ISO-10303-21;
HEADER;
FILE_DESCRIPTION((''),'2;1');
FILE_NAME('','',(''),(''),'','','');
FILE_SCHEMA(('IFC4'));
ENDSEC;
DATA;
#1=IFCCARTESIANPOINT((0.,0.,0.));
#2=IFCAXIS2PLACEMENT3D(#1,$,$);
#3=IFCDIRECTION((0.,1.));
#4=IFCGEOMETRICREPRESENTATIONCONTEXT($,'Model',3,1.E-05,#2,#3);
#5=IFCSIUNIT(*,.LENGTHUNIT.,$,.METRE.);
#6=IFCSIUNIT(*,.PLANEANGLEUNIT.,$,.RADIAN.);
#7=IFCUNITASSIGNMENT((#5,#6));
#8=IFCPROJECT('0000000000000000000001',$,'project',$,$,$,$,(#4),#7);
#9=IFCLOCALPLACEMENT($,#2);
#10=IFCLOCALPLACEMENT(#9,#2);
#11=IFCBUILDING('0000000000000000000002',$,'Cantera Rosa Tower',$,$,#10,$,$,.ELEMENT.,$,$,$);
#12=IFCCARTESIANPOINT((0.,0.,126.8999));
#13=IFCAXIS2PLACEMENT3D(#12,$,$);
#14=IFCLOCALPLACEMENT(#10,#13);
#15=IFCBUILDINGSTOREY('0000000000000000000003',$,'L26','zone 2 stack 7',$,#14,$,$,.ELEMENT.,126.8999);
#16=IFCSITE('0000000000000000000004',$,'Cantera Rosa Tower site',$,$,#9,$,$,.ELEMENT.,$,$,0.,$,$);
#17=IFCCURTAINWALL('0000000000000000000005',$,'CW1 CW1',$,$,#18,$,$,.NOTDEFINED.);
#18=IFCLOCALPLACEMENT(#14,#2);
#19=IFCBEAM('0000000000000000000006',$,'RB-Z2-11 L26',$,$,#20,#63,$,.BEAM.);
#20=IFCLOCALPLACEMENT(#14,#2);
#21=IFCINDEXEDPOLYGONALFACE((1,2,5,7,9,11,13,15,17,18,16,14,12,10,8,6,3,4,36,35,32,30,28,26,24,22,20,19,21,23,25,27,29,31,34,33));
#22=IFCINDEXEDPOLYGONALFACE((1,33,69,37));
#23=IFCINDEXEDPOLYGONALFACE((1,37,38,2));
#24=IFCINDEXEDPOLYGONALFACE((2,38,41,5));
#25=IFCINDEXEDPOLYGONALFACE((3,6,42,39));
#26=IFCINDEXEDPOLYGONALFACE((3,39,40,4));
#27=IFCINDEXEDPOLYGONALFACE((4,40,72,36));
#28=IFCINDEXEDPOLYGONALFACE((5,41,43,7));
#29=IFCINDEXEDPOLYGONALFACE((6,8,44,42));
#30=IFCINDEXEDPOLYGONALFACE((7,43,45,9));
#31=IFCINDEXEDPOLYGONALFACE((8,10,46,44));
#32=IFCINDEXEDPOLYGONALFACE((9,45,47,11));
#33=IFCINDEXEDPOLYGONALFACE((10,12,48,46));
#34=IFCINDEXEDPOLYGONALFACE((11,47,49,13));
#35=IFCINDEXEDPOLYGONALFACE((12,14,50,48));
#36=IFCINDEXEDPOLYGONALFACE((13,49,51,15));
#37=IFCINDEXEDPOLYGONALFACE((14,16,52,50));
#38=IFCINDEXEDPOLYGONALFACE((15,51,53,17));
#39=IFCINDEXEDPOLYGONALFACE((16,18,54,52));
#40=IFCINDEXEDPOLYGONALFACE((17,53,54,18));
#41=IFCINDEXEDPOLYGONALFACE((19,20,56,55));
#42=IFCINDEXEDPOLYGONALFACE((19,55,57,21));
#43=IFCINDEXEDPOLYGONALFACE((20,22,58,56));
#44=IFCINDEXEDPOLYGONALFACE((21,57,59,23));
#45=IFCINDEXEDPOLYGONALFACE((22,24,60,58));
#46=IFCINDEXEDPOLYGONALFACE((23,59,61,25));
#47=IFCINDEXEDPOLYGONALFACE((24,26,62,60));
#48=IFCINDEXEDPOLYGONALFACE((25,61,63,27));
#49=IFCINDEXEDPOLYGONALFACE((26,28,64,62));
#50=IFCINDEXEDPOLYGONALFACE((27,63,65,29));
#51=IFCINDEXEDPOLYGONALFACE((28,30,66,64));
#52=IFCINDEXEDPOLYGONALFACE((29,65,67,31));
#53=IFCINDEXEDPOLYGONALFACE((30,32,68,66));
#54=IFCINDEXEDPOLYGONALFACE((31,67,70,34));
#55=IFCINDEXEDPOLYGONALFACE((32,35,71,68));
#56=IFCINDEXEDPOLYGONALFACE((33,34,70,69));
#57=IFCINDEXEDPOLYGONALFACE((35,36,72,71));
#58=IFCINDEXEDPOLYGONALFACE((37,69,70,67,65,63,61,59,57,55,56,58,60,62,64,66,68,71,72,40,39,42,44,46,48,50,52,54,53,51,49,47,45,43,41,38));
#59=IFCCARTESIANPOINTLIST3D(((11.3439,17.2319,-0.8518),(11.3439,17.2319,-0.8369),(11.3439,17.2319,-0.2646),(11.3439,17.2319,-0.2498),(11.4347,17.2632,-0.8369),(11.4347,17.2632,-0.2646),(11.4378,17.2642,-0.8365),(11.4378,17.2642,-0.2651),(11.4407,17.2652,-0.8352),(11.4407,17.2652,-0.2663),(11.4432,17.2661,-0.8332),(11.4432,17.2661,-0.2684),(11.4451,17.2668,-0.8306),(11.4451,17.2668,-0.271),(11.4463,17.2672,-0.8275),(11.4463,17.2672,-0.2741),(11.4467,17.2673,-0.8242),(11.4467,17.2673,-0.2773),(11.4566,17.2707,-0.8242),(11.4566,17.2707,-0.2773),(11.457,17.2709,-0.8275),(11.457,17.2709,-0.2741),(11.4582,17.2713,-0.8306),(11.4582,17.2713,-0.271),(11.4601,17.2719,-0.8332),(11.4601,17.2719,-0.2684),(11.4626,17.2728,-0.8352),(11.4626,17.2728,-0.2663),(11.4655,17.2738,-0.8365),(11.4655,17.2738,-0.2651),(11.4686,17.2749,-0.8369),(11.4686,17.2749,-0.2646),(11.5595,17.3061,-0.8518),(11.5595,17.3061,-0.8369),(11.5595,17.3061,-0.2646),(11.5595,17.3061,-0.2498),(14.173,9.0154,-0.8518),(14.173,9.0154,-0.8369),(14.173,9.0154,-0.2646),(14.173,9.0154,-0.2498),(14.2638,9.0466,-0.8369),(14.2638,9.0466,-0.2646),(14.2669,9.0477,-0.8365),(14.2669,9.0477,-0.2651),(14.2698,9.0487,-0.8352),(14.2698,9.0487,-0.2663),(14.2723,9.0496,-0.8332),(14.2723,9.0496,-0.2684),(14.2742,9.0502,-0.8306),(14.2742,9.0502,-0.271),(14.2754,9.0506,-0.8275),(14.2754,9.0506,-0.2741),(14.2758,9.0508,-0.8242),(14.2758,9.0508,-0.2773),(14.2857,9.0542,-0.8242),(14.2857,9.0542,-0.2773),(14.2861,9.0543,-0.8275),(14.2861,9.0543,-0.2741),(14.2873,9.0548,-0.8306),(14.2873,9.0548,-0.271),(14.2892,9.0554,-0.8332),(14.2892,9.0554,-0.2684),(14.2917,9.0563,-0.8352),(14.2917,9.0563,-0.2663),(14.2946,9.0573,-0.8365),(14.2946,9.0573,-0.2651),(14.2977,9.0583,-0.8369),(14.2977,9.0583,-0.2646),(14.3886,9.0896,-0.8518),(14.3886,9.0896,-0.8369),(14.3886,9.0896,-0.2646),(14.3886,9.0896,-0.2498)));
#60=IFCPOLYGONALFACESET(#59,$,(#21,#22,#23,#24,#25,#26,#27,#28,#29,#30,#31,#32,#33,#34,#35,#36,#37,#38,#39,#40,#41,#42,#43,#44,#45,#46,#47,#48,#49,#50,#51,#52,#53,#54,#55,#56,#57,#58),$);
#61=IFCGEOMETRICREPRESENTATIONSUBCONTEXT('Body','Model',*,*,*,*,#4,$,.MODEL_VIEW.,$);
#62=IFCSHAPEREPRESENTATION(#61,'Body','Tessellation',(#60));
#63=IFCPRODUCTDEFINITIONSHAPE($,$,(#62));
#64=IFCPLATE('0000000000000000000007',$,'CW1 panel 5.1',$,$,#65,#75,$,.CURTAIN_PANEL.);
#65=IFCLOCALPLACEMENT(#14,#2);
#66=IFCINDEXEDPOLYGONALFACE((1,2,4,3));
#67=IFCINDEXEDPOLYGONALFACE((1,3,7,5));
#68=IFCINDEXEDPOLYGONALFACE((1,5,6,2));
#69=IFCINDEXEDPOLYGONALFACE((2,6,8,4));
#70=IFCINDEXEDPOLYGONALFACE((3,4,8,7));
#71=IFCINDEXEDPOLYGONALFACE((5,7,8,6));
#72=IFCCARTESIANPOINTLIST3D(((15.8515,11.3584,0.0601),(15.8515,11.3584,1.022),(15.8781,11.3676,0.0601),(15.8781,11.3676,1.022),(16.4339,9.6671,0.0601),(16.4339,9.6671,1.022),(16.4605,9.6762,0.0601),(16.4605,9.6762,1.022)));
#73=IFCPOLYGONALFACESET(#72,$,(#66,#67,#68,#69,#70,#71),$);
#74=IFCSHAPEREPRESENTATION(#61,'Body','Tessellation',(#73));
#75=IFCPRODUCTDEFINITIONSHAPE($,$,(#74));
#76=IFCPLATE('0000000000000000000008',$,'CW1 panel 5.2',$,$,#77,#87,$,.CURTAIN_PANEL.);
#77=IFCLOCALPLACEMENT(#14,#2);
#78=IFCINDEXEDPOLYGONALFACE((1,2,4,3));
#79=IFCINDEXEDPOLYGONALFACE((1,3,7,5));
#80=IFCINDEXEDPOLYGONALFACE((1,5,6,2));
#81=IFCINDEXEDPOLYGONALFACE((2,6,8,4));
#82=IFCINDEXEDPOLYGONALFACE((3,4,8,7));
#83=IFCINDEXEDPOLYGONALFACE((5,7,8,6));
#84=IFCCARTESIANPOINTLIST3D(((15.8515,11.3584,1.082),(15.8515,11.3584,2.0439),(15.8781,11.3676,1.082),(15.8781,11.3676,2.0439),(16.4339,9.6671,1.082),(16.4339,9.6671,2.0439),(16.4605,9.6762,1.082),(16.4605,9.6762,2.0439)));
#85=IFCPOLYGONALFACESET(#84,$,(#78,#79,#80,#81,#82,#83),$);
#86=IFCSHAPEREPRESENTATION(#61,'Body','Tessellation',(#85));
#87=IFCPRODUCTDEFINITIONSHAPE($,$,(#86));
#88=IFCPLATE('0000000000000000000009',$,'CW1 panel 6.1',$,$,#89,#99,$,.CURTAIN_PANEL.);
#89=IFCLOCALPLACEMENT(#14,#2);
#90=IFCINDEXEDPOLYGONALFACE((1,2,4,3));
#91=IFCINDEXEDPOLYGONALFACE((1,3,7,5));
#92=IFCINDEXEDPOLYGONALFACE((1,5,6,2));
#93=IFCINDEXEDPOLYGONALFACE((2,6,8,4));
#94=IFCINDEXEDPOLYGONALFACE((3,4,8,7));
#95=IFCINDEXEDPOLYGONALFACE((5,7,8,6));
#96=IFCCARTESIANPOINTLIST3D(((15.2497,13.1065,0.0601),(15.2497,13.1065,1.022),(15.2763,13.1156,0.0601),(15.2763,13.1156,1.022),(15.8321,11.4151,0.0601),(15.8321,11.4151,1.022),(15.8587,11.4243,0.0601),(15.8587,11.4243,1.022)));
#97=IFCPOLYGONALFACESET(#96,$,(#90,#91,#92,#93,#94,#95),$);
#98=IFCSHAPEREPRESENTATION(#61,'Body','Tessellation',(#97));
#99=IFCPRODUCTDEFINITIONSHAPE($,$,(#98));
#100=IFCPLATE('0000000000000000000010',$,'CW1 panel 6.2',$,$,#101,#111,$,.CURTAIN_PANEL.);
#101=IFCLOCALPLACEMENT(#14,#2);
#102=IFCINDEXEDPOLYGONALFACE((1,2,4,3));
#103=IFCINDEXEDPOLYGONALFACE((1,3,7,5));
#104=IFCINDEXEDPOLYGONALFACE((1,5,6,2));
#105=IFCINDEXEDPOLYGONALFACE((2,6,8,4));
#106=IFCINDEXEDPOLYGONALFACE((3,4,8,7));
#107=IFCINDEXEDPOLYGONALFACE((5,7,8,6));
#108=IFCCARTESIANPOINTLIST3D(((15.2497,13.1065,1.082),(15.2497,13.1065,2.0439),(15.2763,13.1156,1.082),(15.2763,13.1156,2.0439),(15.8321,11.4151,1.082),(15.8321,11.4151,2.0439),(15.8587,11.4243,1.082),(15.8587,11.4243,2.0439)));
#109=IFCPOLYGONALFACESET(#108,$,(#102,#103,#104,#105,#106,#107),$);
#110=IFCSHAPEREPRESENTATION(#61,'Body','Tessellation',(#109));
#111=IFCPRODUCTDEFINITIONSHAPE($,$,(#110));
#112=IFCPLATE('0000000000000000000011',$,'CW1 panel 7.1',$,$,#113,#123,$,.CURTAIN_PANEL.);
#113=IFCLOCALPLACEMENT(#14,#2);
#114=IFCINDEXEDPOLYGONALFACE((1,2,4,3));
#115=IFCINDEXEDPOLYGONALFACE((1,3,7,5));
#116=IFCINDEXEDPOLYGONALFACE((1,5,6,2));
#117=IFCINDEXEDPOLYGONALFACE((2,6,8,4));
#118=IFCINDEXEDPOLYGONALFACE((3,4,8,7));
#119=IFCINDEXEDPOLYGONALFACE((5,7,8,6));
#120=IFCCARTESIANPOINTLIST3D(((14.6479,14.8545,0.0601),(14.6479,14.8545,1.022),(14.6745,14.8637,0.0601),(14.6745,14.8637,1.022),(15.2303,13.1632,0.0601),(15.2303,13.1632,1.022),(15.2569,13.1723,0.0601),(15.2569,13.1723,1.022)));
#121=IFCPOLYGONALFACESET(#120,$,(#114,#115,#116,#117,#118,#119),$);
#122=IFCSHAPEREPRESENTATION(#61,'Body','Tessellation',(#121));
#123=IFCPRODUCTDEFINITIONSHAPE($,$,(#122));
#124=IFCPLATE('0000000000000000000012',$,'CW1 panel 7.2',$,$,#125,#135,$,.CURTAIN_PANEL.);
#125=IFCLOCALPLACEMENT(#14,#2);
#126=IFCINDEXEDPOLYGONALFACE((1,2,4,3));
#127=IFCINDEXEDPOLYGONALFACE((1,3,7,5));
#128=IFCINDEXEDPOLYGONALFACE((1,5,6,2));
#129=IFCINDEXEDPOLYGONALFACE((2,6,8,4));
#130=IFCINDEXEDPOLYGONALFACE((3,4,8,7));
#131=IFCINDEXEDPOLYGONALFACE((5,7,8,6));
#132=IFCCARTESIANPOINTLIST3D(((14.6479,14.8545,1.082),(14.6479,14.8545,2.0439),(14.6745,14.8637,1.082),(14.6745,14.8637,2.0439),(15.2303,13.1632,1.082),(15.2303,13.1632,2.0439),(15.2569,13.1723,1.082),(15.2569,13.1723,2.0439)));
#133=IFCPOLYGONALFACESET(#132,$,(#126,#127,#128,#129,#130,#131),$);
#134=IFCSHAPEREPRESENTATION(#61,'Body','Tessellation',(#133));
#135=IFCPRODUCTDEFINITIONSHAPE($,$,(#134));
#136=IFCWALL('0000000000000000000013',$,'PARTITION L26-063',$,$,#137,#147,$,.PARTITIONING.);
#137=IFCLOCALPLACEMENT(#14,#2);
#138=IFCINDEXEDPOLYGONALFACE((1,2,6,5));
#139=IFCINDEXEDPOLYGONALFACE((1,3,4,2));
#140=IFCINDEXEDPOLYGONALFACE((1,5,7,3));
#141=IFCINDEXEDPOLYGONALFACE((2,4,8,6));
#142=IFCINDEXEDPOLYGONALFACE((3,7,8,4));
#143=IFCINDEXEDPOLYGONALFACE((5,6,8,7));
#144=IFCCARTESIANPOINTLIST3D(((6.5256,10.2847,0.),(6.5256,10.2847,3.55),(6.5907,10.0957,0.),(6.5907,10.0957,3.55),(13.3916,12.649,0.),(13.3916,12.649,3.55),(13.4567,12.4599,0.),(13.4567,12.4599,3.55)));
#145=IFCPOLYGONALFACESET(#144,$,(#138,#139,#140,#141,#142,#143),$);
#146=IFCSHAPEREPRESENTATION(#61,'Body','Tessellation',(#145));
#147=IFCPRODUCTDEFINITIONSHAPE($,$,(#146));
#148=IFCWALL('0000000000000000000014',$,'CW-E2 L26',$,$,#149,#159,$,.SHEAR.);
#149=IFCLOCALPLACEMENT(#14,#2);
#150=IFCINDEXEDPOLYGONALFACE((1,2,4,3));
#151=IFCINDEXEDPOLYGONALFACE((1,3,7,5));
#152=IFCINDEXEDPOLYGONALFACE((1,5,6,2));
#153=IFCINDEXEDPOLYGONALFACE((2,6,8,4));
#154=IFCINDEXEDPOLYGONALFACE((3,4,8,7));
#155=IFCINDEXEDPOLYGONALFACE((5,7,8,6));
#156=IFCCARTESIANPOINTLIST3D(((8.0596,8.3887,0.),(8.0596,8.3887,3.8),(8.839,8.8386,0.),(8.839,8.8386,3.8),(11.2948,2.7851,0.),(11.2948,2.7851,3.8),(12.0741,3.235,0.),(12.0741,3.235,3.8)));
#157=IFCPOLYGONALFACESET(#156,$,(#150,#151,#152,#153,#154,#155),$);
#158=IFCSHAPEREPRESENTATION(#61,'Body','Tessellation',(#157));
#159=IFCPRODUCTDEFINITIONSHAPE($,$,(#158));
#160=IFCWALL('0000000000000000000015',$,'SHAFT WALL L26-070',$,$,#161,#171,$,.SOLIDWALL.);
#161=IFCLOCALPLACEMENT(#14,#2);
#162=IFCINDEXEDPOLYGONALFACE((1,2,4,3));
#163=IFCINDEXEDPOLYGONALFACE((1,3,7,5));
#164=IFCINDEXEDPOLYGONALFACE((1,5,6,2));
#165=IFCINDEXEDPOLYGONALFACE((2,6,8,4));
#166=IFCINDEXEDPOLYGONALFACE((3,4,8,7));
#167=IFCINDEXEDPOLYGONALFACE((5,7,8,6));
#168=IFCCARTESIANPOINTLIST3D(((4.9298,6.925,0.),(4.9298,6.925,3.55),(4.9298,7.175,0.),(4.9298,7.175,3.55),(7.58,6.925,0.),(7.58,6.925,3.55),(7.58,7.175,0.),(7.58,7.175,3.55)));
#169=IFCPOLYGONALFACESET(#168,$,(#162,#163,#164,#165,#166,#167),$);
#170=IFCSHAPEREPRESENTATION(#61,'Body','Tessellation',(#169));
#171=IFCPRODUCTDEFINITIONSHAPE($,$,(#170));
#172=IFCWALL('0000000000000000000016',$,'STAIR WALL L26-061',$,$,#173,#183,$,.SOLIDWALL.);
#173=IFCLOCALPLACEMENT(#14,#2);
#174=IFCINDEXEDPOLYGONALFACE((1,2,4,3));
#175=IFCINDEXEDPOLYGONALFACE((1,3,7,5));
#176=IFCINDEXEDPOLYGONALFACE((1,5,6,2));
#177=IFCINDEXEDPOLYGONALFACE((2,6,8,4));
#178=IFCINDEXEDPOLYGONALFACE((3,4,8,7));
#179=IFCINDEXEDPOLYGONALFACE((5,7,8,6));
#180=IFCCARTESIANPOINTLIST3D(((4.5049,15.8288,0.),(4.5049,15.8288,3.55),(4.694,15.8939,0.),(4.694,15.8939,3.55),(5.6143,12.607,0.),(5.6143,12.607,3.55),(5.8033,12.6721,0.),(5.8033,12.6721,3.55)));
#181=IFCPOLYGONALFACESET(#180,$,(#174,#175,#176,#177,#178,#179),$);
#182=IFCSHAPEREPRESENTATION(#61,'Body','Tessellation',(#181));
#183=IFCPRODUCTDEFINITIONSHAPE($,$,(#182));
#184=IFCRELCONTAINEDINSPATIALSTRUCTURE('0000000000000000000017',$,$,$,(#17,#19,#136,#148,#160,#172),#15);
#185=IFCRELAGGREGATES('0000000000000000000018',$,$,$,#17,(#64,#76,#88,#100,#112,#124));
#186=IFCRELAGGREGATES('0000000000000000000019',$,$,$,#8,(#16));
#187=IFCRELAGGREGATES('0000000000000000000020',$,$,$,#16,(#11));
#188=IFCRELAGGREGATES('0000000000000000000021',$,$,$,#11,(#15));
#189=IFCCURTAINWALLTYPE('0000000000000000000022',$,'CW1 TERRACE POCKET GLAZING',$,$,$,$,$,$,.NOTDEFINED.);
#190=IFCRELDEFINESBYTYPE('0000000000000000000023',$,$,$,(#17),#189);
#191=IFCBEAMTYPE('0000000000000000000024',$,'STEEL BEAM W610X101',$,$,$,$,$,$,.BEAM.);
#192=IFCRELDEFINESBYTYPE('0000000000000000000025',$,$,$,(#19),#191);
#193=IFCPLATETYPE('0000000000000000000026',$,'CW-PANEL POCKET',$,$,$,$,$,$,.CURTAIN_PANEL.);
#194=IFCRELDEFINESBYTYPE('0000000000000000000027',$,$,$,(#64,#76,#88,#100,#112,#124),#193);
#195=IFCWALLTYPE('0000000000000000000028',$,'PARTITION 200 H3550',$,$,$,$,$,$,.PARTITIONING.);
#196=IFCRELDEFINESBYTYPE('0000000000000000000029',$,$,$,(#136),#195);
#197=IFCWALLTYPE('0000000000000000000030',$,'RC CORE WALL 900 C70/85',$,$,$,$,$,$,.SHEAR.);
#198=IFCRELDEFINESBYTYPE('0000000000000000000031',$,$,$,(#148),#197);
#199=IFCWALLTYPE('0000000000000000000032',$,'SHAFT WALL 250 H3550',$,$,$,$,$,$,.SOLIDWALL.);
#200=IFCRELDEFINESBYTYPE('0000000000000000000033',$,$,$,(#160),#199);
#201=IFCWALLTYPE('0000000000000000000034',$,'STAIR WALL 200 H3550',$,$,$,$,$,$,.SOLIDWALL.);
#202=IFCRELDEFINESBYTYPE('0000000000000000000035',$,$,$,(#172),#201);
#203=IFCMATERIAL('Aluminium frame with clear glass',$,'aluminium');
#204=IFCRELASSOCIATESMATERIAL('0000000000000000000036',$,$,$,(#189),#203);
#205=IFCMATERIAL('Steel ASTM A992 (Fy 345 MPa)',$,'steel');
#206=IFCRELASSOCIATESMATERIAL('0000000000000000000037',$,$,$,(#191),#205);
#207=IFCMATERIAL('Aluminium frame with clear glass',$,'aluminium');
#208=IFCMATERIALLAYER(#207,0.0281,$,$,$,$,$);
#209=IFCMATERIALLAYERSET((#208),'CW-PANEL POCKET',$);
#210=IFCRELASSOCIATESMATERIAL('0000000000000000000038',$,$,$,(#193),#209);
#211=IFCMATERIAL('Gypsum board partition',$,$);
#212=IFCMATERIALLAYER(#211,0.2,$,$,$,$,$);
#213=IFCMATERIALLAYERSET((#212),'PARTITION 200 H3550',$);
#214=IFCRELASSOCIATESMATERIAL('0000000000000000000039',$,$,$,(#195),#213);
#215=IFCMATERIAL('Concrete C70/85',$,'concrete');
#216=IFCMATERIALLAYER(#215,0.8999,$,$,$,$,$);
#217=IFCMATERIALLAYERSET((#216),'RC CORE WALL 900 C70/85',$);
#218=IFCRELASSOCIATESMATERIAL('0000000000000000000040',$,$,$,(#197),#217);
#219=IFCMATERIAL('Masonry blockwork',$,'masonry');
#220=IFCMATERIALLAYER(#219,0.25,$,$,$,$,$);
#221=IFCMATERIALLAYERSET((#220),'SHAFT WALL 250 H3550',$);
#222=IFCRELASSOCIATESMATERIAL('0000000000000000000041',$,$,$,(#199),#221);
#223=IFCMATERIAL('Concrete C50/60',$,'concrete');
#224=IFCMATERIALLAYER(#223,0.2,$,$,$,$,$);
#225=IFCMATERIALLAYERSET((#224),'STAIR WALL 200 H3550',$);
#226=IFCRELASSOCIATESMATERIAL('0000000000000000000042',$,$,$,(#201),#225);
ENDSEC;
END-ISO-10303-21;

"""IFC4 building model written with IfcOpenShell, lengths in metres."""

from ifc_helpers import new_model, si_unit, direction, frame, frame_2d, origin, origin_2d, place, context, subcontext, project, spatial, rectangle, i_section, extrude, material, layer, layer_set, material_profile, profile_set, type_object, element, aggregate, save


model = new_model("IFC4")

# Units and contexts
model_context = context("Model", 3, precision=1e-05, world=origin(), true_north=direction((0.0, 1.0)))
body_context = subcontext(model_context, "Body", "Model", "MODEL_VIEW")
ifc_project = project(units=[si_unit("LENGTHUNIT", "METRE"), si_unit("PLANEANGLEUNIT", "RADIAN")], contexts=[model_context])

# Site, building, storey
site_placement = place(None, origin())
site = spatial("IfcSite", under=ifc_project, at=site_placement, Name="Cantera Rosa Tower site", CompositionType="ELEMENT", RefElevation=0.0)
building_placement = place(site_placement, origin())
building = spatial("IfcBuilding", under=site, at=building_placement, Name="Cantera Rosa Tower", CompositionType="ELEMENT")
storey_placement = place(building_placement, frame((0.0, 0.0, 126.8999)))
storey = spatial("IfcBuildingStorey", under=building, at=storey_placement, Name="L26", Description="zone 2 stack 7", CompositionType="ELEMENT", Elevation=126.8999)

# Curtain wall
ifc_material_1 = material(Name="Aluminium frame with clear glass", Category="aluminium")
curtain_wall_type = type_object("IfcCurtainWallType", Name="CW1 TERRACE POCKET GLAZING", PredefinedType="NOTDEFINED", material=ifc_material_1)
curtain_wall_placement = place(storey_placement, origin())
curtain_wall = element("IfcCurtainWall", 1, at=curtain_wall_placement, inside=storey, type_object=curtain_wall_type, Name="CW1 CW1", PredefinedType="NOTDEFINED")

# Beam
ifc_material_2 = material(Name="Steel ASTM A992 (Fy 345 MPa)", Category="steel")
ifc_material_profile_1 = material_profile(ifc_material_2, i_section(OverallWidth=0.228, OverallDepth=0.6021, WebThickness=0.0105, FlangeThickness=0.0149, FilletRadius=0.0127, at=origin_2d()), Name="W610X101")
ifc_profile_set_1 = profile_set([ifc_material_profile_1], Name="Steel ASTM A992 (Fy 345 MPa)")
beam_type = type_object("IfcBeamType", Name="STEEL BEAM W610X101", PredefinedType="BEAM", material=ifc_profile_set_1)
beam_placement = place(storey_placement, frame((14.2808, 9.0525, -0.5508), z_axis=(-0.325559, 0.945522, 0.0), x_axis=(-0.945522, -0.325559, 0.0)))
element("IfcBeam", 2, at=beam_placement, inside=storey, type_object=beam_type, Name="RB-Z2-11 L26", PredefinedType="BEAM", context=body_context, shape_type="SweptSolid", body=[
    extrude(i_section(OverallWidth=0.228, OverallDepth=0.6021, WebThickness=0.0105, FlangeThickness=0.0149, FilletRadius=0.0127, at=origin_2d()), origin(), (0.0, 0.0, 1.0), 8.6899),
])

# Plates
ifc_material_3 = material(Name="Aluminium frame with clear glass", Category="aluminium")
ifc_layer_1 = layer(ifc_material_3, 0.0281)
ifc_layer_set_1 = layer_set([ifc_layer_1], Name="CW-PANEL POCKET")
plate_type = type_object("IfcPlateType", Name="CW-PANEL POCKET", PredefinedType="CURTAIN_PANEL", material=ifc_layer_set_1)
plate_1_placement = place(storey_placement, frame((16.156, 10.5173, 0.0601), z_axis=(0.0, 0.0, 1.0), x_axis=(-0.325568, 0.945519, 0.0)))
plate_1 = element("IfcPlate", 3, at=plate_1_placement, type_object=plate_type, Name="CW1 panel 5.1", PredefinedType="CURTAIN_PANEL", context=body_context, shape_type="SweptSolid", body=[
    extrude(rectangle(XDim=1.7888, YDim=0.0281, at=origin_2d()), origin(), (0.0, 0.0, 1.0), 0.9619),
])
plate_2_placement = place(storey_placement, frame((16.156, 10.5173, 1.082), z_axis=(0.0, 0.0, 1.0), x_axis=(-0.325568, 0.945519, 0.0)))
plate_2 = element("IfcPlate", 4, at=plate_2_placement, type_object=plate_type, Name="CW1 panel 5.2", PredefinedType="CURTAIN_PANEL", context=body_context, shape_type="SweptSolid", body=[
    extrude(rectangle(XDim=1.7888, YDim=0.0281, at=origin_2d()), origin(), (0.0, 0.0, 1.0), 0.9619),
])
plate_3_placement = place(storey_placement, frame((15.5542, 12.2654, 0.0601), z_axis=(0.0, 0.0, 1.0), x_axis=(-0.325568, 0.945519, 0.0)))
plate_3 = element("IfcPlate", 5, at=plate_3_placement, type_object=plate_type, Name="CW1 panel 6.1", PredefinedType="CURTAIN_PANEL", context=body_context, shape_type="SweptSolid", body=[
    extrude(rectangle(XDim=1.7888, YDim=0.0281, at=origin_2d()), origin(), (0.0, 0.0, 1.0), 0.9619),
])
plate_4_placement = place(storey_placement, frame((15.5542, 12.2654, 1.082), z_axis=(0.0, 0.0, 1.0), x_axis=(-0.325568, 0.945519, 0.0)))
plate_4 = element("IfcPlate", 6, at=plate_4_placement, type_object=plate_type, Name="CW1 panel 6.2", PredefinedType="CURTAIN_PANEL", context=body_context, shape_type="SweptSolid", body=[
    extrude(rectangle(XDim=1.7888, YDim=0.0281, at=origin_2d()), origin(), (0.0, 0.0, 1.0), 0.9619),
])
plate_5_placement = place(storey_placement, frame((14.9524, 14.0134, 0.0601), z_axis=(0.0, 0.0, 1.0), x_axis=(-0.325568, 0.945519, 0.0)))
plate_5 = element("IfcPlate", 7, at=plate_5_placement, type_object=plate_type, Name="CW1 panel 7.1", PredefinedType="CURTAIN_PANEL", context=body_context, shape_type="SweptSolid", body=[
    extrude(rectangle(XDim=1.7888, YDim=0.0281, at=origin_2d()), origin(), (0.0, 0.0, 1.0), 0.9619),
])
plate_6_placement = place(storey_placement, frame((14.9524, 14.0134, 1.082), z_axis=(0.0, 0.0, 1.0), x_axis=(-0.325568, 0.945519, 0.0)))
plate_6 = element("IfcPlate", 8, at=plate_6_placement, type_object=plate_type, Name="CW1 panel 7.2", PredefinedType="CURTAIN_PANEL", context=body_context, shape_type="SweptSolid", body=[
    extrude(rectangle(XDim=1.7888, YDim=0.0281, at=origin_2d()), origin(), (0.0, 0.0, 1.0), 0.9619),
])
aggregate(curtain_wall, [plate_1, plate_2, plate_3, plate_4, plate_5, plate_6])

# Walls
ifc_material_4 = material(Name="Gypsum board partition")
ifc_layer_2 = layer(ifc_material_4, 0.2)
ifc_layer_set_2 = layer_set([ifc_layer_2], Name="PARTITION 200 H3550")
wall_type_1 = type_object("IfcWallType", Name="PARTITION 200 H3550", PredefinedType="PARTITIONING", material=ifc_layer_set_2)
wall_1_placement = place(storey_placement, frame((6.5581, 10.1902, 0.0), z_axis=(0.0, 0.0, 1.0), x_axis=(0.945514, 0.325582, 0.0)))
element("IfcWall", 9, at=wall_1_placement, inside=storey, type_object=wall_type_1, Name="PARTITION L26-063", PredefinedType="PARTITIONING", context=body_context, shape_type="SweptSolid", body=[
    extrude(rectangle(XDim=7.2617, YDim=0.2, at=frame_2d((3.6309, 0.0))), origin(), (0.0, 0.0, 1.0), 3.55),
])
ifc_material_5 = material(Name="Concrete C70/85", Category="concrete")
ifc_layer_3 = layer(ifc_material_5, 0.8999)
ifc_layer_set_3 = layer_set([ifc_layer_3], Name="RC CORE WALL 900 C70/85")
wall_type_2 = type_object("IfcWallType", Name="RC CORE WALL 900 C70/85", PredefinedType="SHEAR", material=ifc_layer_set_3)
wall_2_placement = place(storey_placement, frame((8.4492, 8.6138, 0.0), z_axis=(0.0, 0.0, 1.0), x_axis=(0.49999, -0.866031, 0.0)))
element("IfcWall", 10, at=wall_2_placement, inside=storey, type_object=wall_type_2, Name="CW-E2 L26", PredefinedType="SHEAR", context=body_context, shape_type="SweptSolid", body=[
    extrude(rectangle(XDim=6.4705, YDim=0.8999, at=frame_2d((3.2354, 0.0))), origin(), (0.0, 0.0, 1.0), 3.8),
])
ifc_material_6 = material(Name="Masonry blockwork", Category="masonry")
ifc_layer_4 = layer(ifc_material_6, 0.25)
ifc_layer_set_4 = layer_set([ifc_layer_4], Name="SHAFT WALL 250 H3550")
wall_type_3 = type_object("IfcWallType", Name="SHAFT WALL 250 H3550", PredefinedType="SOLIDWALL", material=ifc_layer_set_4)
wall_3_placement = place(storey_placement, frame((7.5801, 7.05, 0.0), z_axis=(0.0, 0.0, 1.0), x_axis=(-1.0, 0.0, 0.0)))
element("IfcWall", 11, at=wall_3_placement, inside=storey, type_object=wall_type_3, Name="SHAFT WALL L26-070", PredefinedType="SOLIDWALL", context=body_context, shape_type="SweptSolid", body=[
    extrude(rectangle(XDim=2.6501, YDim=0.25, at=frame_2d((1.3252, 0.0))), origin(), (0.0, 0.0, 1.0), 3.55),
])
ifc_material_7 = material(Name="Concrete C50/60", Category="concrete")
ifc_layer_5 = layer(ifc_material_7, 0.2)
ifc_layer_set_5 = layer_set([ifc_layer_5], Name="STAIR WALL 200 H3550")
wall_type_4 = type_object("IfcWallType", Name="STAIR WALL 200 H3550", PredefinedType="SOLIDWALL", material=ifc_layer_set_5)
wall_4_placement = place(storey_placement, frame((5.7087, 12.6396, 0.0), z_axis=(0.0, 0.0, 1.0), x_axis=(-0.325562, 0.945521, 0.0)))
element("IfcWall", 12, at=wall_4_placement, inside=storey, type_object=wall_type_4, Name="STAIR WALL L26-061", PredefinedType="SOLIDWALL", context=body_context, shape_type="SweptSolid", body=[
    extrude(rectangle(XDim=3.4075, YDim=0.2, at=frame_2d((1.7036, 0.0))), origin(), (0.0, 0.0, 1.0), 3.55),
])

save(model, "model.ifc")
